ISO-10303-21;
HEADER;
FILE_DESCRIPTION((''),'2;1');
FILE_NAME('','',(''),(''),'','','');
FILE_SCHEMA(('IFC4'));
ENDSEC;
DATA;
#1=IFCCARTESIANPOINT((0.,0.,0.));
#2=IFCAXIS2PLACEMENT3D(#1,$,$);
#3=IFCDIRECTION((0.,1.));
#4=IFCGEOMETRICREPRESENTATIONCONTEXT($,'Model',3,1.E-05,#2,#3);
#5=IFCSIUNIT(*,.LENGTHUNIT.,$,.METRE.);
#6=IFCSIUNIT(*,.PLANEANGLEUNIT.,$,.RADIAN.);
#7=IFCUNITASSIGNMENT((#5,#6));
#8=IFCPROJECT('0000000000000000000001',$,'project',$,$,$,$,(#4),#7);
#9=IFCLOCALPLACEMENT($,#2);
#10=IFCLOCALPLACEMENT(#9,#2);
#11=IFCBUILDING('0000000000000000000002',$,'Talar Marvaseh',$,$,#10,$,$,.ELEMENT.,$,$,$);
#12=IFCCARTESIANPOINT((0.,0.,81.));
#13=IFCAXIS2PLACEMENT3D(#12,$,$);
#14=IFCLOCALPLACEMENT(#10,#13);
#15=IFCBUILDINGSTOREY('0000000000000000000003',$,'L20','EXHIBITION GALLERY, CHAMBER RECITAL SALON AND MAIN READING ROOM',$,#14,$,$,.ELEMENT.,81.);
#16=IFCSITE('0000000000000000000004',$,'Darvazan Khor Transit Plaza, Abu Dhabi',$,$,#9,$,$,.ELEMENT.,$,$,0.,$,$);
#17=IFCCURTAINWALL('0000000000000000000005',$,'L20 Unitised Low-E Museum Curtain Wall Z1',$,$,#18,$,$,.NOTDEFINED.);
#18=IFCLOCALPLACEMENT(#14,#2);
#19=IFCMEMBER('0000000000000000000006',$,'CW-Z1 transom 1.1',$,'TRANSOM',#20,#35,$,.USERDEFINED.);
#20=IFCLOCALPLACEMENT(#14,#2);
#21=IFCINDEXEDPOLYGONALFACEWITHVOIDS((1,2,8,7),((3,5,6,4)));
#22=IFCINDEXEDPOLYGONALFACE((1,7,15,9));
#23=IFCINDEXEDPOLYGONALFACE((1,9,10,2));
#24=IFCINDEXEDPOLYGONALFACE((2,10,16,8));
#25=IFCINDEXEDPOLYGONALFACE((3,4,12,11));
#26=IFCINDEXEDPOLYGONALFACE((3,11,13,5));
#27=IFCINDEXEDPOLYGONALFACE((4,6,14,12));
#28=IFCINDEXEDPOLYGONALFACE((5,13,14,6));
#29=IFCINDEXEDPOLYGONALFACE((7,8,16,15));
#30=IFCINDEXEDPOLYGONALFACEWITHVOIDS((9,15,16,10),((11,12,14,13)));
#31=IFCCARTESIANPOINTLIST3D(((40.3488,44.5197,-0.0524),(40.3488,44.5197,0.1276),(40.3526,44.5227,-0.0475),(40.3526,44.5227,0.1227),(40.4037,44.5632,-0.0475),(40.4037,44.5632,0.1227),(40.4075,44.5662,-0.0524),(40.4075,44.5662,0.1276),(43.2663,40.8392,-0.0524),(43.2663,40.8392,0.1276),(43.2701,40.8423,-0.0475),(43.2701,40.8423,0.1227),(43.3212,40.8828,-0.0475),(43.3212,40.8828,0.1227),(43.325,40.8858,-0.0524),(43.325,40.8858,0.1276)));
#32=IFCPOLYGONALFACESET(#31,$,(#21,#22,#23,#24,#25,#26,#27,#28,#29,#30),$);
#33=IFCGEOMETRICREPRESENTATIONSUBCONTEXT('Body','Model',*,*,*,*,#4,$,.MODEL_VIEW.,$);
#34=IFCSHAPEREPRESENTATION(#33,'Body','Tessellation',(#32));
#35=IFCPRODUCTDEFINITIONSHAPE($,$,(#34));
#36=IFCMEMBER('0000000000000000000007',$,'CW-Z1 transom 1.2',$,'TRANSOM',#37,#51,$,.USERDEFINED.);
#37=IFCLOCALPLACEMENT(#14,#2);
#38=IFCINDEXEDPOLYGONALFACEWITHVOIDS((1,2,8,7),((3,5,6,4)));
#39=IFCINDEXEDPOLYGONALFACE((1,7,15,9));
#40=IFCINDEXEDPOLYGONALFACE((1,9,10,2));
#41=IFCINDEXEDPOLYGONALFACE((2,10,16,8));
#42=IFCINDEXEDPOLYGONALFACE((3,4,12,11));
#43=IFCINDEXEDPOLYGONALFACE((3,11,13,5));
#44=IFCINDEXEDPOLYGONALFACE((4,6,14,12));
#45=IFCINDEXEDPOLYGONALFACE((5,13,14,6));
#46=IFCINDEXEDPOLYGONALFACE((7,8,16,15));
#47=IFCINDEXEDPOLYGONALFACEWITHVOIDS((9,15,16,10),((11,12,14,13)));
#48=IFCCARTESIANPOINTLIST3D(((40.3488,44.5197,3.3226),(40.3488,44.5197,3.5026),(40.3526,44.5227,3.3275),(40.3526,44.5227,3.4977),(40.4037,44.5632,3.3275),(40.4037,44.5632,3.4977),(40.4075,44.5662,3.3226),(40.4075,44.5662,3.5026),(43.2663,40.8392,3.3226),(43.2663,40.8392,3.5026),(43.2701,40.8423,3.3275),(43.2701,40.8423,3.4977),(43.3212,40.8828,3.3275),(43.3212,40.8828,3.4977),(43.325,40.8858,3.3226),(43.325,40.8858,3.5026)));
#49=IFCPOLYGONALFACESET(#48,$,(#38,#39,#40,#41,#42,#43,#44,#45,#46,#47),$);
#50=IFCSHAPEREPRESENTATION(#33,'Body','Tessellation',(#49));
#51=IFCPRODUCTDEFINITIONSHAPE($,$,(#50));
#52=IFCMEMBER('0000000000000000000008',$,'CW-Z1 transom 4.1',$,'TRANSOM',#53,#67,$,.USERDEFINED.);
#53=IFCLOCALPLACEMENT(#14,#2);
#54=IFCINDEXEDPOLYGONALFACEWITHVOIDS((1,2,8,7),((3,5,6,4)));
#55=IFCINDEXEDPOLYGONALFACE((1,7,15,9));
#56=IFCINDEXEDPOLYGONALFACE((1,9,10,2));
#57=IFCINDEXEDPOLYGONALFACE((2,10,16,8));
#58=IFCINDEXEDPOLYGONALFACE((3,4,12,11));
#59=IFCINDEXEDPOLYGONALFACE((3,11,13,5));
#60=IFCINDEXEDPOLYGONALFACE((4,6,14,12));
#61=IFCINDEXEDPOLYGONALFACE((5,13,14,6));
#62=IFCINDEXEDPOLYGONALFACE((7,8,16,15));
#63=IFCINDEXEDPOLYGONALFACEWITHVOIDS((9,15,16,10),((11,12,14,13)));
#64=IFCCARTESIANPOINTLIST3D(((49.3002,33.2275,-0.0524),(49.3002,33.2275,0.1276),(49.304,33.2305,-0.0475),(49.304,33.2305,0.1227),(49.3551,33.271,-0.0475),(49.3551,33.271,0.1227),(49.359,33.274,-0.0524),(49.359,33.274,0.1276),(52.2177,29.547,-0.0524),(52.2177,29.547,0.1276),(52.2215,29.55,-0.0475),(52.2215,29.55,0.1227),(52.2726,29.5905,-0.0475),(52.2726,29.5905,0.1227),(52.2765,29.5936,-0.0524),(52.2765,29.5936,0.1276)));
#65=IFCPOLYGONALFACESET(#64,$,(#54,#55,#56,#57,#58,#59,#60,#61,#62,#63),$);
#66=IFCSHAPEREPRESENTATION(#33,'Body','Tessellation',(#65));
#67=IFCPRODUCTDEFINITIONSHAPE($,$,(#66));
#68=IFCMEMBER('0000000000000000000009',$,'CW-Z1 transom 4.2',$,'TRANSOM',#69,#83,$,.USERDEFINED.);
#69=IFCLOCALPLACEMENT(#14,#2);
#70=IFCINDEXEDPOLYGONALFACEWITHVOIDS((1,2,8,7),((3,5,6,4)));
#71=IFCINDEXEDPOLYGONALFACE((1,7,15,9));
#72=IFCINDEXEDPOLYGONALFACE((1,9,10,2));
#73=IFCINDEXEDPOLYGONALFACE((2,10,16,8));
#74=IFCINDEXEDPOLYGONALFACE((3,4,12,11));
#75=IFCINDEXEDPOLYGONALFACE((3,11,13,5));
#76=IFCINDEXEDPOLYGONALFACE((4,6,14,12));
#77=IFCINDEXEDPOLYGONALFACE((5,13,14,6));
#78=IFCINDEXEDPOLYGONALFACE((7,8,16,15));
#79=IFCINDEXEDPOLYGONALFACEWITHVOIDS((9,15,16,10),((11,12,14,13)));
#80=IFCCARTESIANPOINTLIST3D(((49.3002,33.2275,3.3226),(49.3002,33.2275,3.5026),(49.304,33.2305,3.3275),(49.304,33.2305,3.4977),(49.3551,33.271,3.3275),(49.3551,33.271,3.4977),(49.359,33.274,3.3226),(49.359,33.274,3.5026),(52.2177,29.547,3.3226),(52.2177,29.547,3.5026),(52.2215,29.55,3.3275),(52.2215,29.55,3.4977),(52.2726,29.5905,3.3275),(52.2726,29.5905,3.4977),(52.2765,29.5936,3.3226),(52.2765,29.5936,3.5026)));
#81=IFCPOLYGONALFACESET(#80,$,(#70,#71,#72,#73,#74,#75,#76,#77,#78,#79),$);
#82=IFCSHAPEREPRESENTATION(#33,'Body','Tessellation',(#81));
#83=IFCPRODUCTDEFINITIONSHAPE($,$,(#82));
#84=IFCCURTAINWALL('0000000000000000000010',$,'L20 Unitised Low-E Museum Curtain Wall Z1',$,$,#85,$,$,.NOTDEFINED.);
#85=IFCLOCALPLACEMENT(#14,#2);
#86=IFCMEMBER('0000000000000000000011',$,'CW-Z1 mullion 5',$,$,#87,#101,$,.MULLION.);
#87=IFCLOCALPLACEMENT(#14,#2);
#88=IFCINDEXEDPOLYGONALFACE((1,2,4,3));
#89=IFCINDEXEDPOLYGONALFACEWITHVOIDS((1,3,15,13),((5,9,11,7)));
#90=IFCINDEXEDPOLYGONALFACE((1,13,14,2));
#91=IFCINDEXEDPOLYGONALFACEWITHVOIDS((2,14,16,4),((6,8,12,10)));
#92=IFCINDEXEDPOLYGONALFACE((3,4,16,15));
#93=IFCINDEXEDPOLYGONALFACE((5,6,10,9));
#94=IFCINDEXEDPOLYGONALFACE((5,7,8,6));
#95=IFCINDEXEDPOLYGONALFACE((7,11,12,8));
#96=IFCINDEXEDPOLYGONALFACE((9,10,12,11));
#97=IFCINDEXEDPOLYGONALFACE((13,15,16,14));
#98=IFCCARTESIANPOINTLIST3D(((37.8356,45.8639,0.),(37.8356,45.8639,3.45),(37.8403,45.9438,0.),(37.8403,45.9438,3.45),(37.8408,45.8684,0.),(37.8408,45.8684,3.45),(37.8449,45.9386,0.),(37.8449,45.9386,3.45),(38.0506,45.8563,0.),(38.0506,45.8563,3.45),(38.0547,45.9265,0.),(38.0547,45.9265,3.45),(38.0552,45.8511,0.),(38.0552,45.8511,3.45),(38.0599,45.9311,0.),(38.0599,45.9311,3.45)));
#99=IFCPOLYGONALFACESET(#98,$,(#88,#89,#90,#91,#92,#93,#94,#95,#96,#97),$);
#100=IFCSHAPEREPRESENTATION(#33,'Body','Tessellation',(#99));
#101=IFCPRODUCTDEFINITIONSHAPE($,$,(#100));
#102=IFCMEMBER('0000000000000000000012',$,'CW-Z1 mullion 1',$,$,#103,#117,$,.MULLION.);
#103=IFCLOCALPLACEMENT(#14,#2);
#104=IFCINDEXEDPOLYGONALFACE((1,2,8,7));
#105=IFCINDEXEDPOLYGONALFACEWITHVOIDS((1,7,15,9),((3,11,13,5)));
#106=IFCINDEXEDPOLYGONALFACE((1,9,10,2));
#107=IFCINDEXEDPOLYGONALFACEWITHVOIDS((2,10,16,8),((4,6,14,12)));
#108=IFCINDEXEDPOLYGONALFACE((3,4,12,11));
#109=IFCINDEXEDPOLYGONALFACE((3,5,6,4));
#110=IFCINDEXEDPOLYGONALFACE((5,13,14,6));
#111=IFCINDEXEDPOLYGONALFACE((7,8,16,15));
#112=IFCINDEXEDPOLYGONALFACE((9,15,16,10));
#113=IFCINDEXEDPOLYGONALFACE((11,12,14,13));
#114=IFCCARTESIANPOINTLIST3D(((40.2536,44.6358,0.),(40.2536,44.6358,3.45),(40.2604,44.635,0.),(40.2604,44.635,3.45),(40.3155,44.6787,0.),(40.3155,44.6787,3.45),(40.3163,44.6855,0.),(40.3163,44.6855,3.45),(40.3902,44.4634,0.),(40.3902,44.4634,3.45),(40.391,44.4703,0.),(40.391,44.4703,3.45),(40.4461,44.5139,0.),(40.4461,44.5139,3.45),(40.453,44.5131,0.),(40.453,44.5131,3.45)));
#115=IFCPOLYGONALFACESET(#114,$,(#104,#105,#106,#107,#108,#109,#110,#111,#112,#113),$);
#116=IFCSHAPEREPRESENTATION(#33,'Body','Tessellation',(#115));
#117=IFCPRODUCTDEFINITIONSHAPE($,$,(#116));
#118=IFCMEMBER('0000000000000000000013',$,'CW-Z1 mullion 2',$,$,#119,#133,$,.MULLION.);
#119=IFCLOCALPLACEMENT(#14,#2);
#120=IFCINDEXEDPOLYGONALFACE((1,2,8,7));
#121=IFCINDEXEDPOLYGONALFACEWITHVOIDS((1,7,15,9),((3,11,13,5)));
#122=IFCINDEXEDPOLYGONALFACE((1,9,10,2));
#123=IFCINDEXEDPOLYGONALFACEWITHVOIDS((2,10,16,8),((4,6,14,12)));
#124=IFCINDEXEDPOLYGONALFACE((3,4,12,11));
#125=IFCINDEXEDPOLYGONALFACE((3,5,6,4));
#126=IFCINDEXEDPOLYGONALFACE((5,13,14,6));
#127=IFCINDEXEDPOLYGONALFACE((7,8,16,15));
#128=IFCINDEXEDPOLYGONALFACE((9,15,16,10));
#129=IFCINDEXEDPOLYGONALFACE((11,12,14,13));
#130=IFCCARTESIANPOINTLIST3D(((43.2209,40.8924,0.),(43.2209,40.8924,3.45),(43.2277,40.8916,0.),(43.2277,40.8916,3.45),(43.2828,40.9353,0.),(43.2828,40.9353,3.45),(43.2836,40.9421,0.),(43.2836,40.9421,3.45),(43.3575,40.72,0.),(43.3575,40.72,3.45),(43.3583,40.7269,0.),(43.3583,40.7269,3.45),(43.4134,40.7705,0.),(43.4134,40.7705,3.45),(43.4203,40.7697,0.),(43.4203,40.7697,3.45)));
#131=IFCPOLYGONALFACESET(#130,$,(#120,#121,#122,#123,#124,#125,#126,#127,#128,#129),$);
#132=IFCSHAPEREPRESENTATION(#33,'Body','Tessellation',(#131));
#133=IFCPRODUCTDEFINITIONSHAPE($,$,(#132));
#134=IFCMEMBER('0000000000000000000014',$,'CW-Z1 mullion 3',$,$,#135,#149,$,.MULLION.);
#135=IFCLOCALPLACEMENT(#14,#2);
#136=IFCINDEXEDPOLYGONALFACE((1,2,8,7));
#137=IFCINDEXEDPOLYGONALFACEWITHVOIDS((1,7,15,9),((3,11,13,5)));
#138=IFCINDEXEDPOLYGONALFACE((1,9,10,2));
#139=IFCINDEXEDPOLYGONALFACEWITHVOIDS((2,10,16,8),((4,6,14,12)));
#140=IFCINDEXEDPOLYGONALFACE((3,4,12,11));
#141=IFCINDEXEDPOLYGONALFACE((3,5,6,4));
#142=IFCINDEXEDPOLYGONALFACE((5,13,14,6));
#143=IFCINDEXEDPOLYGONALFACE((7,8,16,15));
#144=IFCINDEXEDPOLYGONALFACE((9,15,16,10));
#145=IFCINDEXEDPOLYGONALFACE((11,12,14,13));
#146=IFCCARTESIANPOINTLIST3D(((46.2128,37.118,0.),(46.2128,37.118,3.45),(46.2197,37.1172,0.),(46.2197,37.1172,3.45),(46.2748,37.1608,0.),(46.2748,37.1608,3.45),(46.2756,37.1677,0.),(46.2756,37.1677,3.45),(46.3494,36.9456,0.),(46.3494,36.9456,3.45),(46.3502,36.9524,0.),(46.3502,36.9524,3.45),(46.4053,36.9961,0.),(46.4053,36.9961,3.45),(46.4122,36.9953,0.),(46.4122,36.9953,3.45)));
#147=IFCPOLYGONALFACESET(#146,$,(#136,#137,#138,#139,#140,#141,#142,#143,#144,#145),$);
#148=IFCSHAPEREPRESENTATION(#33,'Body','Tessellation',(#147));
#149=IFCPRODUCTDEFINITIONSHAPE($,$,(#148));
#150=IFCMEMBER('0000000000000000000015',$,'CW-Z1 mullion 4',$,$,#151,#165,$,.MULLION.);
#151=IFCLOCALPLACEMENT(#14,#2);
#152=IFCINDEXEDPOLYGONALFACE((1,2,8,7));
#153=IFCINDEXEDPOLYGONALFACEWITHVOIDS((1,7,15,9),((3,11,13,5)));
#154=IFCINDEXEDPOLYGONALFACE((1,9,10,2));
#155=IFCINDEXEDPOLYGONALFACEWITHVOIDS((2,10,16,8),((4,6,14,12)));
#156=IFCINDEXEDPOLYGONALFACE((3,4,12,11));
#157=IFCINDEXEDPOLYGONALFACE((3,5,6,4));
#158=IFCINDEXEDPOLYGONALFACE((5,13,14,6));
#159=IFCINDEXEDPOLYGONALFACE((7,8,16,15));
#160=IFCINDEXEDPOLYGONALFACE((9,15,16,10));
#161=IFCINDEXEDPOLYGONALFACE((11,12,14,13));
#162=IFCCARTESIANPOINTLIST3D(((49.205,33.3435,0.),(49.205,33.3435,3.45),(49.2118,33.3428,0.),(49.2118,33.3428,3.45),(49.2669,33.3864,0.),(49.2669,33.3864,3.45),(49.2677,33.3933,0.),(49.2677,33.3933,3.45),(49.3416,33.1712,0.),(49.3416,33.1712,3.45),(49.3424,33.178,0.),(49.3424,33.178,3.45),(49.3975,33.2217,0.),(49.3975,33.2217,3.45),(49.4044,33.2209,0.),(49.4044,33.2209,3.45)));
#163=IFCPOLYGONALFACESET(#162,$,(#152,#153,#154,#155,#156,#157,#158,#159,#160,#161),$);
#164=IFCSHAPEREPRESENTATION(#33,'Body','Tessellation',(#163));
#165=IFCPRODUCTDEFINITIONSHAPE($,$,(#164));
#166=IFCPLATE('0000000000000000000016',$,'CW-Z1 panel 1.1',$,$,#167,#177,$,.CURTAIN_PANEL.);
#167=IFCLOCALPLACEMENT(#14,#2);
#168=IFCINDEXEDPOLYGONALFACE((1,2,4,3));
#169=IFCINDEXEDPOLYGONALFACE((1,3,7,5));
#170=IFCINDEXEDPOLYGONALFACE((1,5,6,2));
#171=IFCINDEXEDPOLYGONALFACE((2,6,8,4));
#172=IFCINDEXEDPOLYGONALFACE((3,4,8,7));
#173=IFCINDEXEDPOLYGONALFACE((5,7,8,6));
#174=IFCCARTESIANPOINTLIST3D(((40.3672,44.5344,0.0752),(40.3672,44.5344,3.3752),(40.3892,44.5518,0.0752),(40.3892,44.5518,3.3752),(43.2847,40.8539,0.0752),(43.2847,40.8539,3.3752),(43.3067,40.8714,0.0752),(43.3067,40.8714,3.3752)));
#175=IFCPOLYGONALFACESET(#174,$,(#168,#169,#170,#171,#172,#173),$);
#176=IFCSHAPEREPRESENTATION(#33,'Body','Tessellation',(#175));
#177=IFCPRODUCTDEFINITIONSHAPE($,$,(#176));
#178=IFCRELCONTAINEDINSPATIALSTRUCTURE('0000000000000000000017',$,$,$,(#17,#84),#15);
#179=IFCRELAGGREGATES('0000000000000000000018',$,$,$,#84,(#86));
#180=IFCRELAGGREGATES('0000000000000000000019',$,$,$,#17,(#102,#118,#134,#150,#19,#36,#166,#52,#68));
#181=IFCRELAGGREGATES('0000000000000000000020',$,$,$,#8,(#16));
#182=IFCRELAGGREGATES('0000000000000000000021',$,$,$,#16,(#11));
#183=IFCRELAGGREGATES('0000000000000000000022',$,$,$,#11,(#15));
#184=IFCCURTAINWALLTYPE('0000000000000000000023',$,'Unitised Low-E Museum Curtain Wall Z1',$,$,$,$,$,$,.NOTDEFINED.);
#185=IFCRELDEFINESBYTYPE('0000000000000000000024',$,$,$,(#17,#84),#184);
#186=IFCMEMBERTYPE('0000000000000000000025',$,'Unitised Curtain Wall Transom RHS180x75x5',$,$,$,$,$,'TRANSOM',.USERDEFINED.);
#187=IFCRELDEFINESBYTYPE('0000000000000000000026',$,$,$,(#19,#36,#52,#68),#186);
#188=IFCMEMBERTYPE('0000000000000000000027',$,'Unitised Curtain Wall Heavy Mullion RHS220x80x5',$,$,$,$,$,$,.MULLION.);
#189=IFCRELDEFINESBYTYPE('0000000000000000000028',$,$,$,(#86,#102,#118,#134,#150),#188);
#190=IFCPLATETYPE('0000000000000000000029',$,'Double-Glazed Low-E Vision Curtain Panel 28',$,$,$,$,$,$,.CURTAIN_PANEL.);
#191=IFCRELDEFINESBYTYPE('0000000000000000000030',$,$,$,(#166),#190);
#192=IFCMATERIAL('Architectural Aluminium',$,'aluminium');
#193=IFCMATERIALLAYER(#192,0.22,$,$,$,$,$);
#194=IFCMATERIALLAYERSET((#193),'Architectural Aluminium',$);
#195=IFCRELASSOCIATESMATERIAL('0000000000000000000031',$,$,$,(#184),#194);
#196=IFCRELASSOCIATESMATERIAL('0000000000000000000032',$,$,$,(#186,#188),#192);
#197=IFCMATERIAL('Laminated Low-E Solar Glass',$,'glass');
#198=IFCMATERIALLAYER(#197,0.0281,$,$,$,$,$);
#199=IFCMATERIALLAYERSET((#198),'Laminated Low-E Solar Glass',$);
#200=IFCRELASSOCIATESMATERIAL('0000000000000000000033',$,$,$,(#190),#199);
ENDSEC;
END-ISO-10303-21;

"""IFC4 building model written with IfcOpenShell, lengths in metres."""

from ifc_helpers import new_model, si_unit, direction, frame, origin, origin_2d, place, context, subcontext, project, spatial, rectangle, hollow_rectangle, extrude, source, transform, mapped, material, layer, layer_set, material_profile, profile_set, type_object, type_shapes, element, aggregate, save


model = new_model("IFC4")

# Units and contexts
model_context = context("Model", 3, precision=1e-05, world=origin(), true_north=direction((0.0, 1.0)))
body_context = subcontext(model_context, "Body", "Model", "MODEL_VIEW")
ifc_project = project(units=[si_unit("LENGTHUNIT", "METRE"), si_unit("PLANEANGLEUNIT", "RADIAN")], contexts=[model_context])

# Site, building, storey
site_placement = place(None, origin())
site = spatial("IfcSite", under=ifc_project, at=site_placement, Name="Darvazan Khor Transit Plaza, Abu Dhabi", CompositionType="ELEMENT", RefElevation=0.0)
building_placement = place(site_placement, origin())
building = spatial("IfcBuilding", under=site, at=building_placement, Name="Talar Marvaseh", CompositionType="ELEMENT")
storey_placement = place(building_placement, frame((0.0, 0.0, 81.0)))
storey = spatial("IfcBuildingStorey", under=building, at=storey_placement, Name="L20", Description="EXHIBITION GALLERY, CHAMBER RECITAL SALON AND MAIN READING ROOM", CompositionType="ELEMENT", Elevation=81.0)

# Curtain wall, members
ifc_material_1 = material(Name="Architectural Aluminium", Category="aluminium")
ifc_layer_1 = layer(ifc_material_1, 0.22)
ifc_layer_set_1 = layer_set([ifc_layer_1], Name="Architectural Aluminium")
curtain_wall_type = type_object("IfcCurtainWallType", Name="Unitised Low-E Museum Curtain Wall Z1", PredefinedType="NOTDEFINED", material=ifc_layer_set_1)
curtain_wall_1_placement = place(storey_placement, origin())
curtain_wall_1 = element("IfcCurtainWall", 1, at=curtain_wall_1_placement, inside=storey, type_object=curtain_wall_type, Name="L20 Unitised Low-E Museum Curtain Wall Z1", PredefinedType="NOTDEFINED")
ifc_material_profile_1 = material_profile(ifc_material_1, hollow_rectangle(XDim=0.075, YDim=0.1799, WallThickness=0.0049, at=origin_2d()), Name="RHS180x75x5")
ifc_profile_set_1 = profile_set([ifc_material_profile_1], Name="Architectural Aluminium")
member_type_1 = type_object("IfcMemberType", Name="Unitised Curtain Wall Transom RHS180x75x5", ElementType="TRANSOM", PredefinedType="USERDEFINED", material=ifc_profile_set_1)
shared_shape_1 = source(origin(), body_context, "Body", "SweptSolid", [
    extrude(hollow_rectangle(XDim=0.075, YDim=0.1799, WallThickness=0.0049, at=origin_2d()), origin(), (0.0, 0.0, 1.0), 4.6965),
])
member_1_placement = place(storey_placement, frame((40.3782, 44.543, 0.0376), z_axis=(0.621202, -0.78365, 0.0), x_axis=(0.78365, 0.621202, 0.0)))
member_1 = element("IfcMember", 2, at=member_1_placement, type_object=member_type_1, Name="CW-Z1 transom 1.1", ObjectType="TRANSOM", PredefinedType="USERDEFINED", context=body_context, shape_type="MappedRepresentation", body=[
    mapped(shared_shape_1, transform((0.0, 0.0, 0.0), x_axis=(1.0, 0.0, 0.0), y_axis=(0.0, 1.0, 0.0), z_axis=(0.0, 0.0, 1.0), scale=1.0)),
])
member_2_placement = place(storey_placement, frame((40.3782, 44.543, 3.4126), z_axis=(0.621202, -0.78365, 0.0), x_axis=(0.78365, 0.621202, 0.0)))
member_2 = element("IfcMember", 3, at=member_2_placement, type_object=member_type_1, Name="CW-Z1 transom 1.2", ObjectType="TRANSOM", PredefinedType="USERDEFINED", context=body_context, shape_type="MappedRepresentation", body=[
    mapped(shared_shape_1, transform((0.0, 0.0, 0.0), x_axis=(1.0, 0.0, 0.0), y_axis=(0.0, 1.0, 0.0), z_axis=(0.0, 0.0, 1.0), scale=1.0)),
])
member_3_placement = place(storey_placement, frame((49.3296, 33.2507, 0.0376), z_axis=(0.621202, -0.78365, 0.0), x_axis=(0.78365, 0.621202, 0.0)))
member_3 = element("IfcMember", 4, at=member_3_placement, type_object=member_type_1, Name="CW-Z1 transom 4.1", ObjectType="TRANSOM", PredefinedType="USERDEFINED", context=body_context, shape_type="MappedRepresentation", body=[
    mapped(shared_shape_1, transform((0.0, 0.0, 0.0), x_axis=(1.0, 0.0, 0.0), y_axis=(0.0, 1.0, 0.0), z_axis=(0.0, 0.0, 1.0), scale=1.0)),
])
member_4_placement = place(storey_placement, frame((49.3296, 33.2507, 3.4126), z_axis=(0.621202, -0.78365, 0.0), x_axis=(0.78365, 0.621202, 0.0)))
member_4 = element("IfcMember", 5, at=member_4_placement, type_object=member_type_1, Name="CW-Z1 transom 4.2", ObjectType="TRANSOM", PredefinedType="USERDEFINED", context=body_context, shape_type="MappedRepresentation", body=[
    mapped(shared_shape_1, transform((0.0, 0.0, 0.0), x_axis=(1.0, 0.0, 0.0), y_axis=(0.0, 1.0, 0.0), z_axis=(0.0, 0.0, 1.0), scale=1.0)),
])

# Curtain wall, member
curtain_wall_2_placement = place(storey_placement, origin())
curtain_wall_2 = element("IfcCurtainWall", 6, at=curtain_wall_2_placement, inside=storey, type_object=curtain_wall_type, Name="L20 Unitised Low-E Museum Curtain Wall Z1", PredefinedType="NOTDEFINED")
ifc_material_profile_2 = material_profile(ifc_material_1, hollow_rectangle(XDim=0.0801, YDim=0.22, WallThickness=0.0049, at=origin_2d()), Name="RHS220x80x5")
ifc_profile_set_2 = profile_set([ifc_material_profile_2], Name="Architectural Aluminium")
member_type_2 = type_object("IfcMemberType", Name="Unitised Curtain Wall Heavy Mullion RHS220x80x5", PredefinedType="MULLION", material=ifc_profile_set_2)
shared_shape_2 = source(origin(), body_context, "Body", "SweptSolid", [
    extrude(hollow_rectangle(XDim=0.0801, YDim=0.22, WallThickness=0.0049, at=origin_2d()), origin(), (0.0, 0.0, 1.0), 3.45),
])
type_shapes(member_type_2, [shared_shape_2])
member_5_placement = place(storey_placement, frame((37.9478, 45.8975, 0.0), z_axis=(0.0, 0.0, 1.0), x_axis=(0.057875, 0.998324, 0.0)))
member_5 = element("IfcMember", 7, at=member_5_placement, type_object=member_type_2, Name="CW-Z1 mullion 5", PredefinedType="MULLION", context=body_context, shape_type="MappedRepresentation", body=[
    mapped(shared_shape_2, transform((0.0, 0.0, 0.0), x_axis=(1.0, 0.0, 0.0), y_axis=(0.0, 1.0, 0.0), z_axis=(0.0, 0.0, 1.0), scale=1.0)),
])
aggregate(curtain_wall_2, [member_5])

# Members
member_6_placement = place(storey_placement, frame((40.3533, 44.5745, 0.0), z_axis=(0.0, 0.0, 1.0), x_axis=(0.783651, 0.621202, 0.0)))
member_6 = element("IfcMember", 8, at=member_6_placement, type_object=member_type_2, Name="CW-Z1 mullion 1", PredefinedType="MULLION", context=body_context, shape_type="MappedRepresentation", body=[
    mapped(shared_shape_2, transform((0.0, 0.0, 0.0), x_axis=(1.0, 0.0, 0.0), y_axis=(0.0, 1.0, 0.0), z_axis=(0.0, 0.0, 1.0), scale=1.0)),
])
member_7_placement = place(storey_placement, frame((43.3206, 40.8311, 0.0), z_axis=(0.0, 0.0, 1.0), x_axis=(0.783651, 0.621202, 0.0)))
member_7 = element("IfcMember", 9, at=member_7_placement, type_object=member_type_2, Name="CW-Z1 mullion 2", PredefinedType="MULLION", context=body_context, shape_type="MappedRepresentation", body=[
    mapped(shared_shape_2, transform((0.0, 0.0, 0.0), x_axis=(1.0, 0.0, 0.0), y_axis=(0.0, 1.0, 0.0), z_axis=(0.0, 0.0, 1.0), scale=1.0)),
])
member_8_placement = place(storey_placement, frame((46.3125, 37.0566, 0.0), z_axis=(0.0, 0.0, 1.0), x_axis=(0.783651, 0.621202, 0.0)))
member_8 = element("IfcMember", 10, at=member_8_placement, type_object=member_type_2, Name="CW-Z1 mullion 3", PredefinedType="MULLION", context=body_context, shape_type="MappedRepresentation", body=[
    mapped(shared_shape_2, transform((0.0, 0.0, 0.0), x_axis=(1.0, 0.0, 0.0), y_axis=(0.0, 1.0, 0.0), z_axis=(0.0, 0.0, 1.0), scale=1.0)),
])
member_9_placement = place(storey_placement, frame((49.3047, 33.2822, 0.0), z_axis=(0.0, 0.0, 1.0), x_axis=(0.783651, 0.621202, 0.0)))
member_9 = element("IfcMember", 11, at=member_9_placement, type_object=member_type_2, Name="CW-Z1 mullion 4", PredefinedType="MULLION", context=body_context, shape_type="MappedRepresentation", body=[
    mapped(shared_shape_2, transform((0.0, 0.0, 0.0), x_axis=(1.0, 0.0, 0.0), y_axis=(0.0, 1.0, 0.0), z_axis=(0.0, 0.0, 1.0), scale=1.0)),
])

# Plate
ifc_material_2 = material(Name="Laminated Low-E Solar Glass", Category="glass")
ifc_layer_2 = layer(ifc_material_2, 0.0281)
ifc_layer_set_2 = layer_set([ifc_layer_2], Name="Laminated Low-E Solar Glass")
plate_type = type_object("IfcPlateType", Name="Double-Glazed Low-E Vision Curtain Panel 28", PredefinedType="CURTAIN_PANEL", material=ifc_layer_set_2)
shared_shape_3 = source(origin(), body_context, "Body", "SweptSolid", [
    extrude(rectangle(XDim=4.6965, YDim=0.0281, at=origin_2d()), origin(), (0.0, 0.0, 1.0), 3.3),
])
plate_1_placement = place(storey_placement, frame((41.8369, 42.7029, 0.0752), z_axis=(0.0, 0.0, 1.0), x_axis=(0.621202, -0.783651, 0.0)))
plate_1 = element("IfcPlate", 12, at=plate_1_placement, type_object=plate_type, Name="CW-Z1 panel 1.1", PredefinedType="CURTAIN_PANEL", context=body_context, shape_type="MappedRepresentation", body=[
    mapped(shared_shape_3, transform((0.0, 0.0, 0.0), x_axis=(1.0, 0.0, 0.0), y_axis=(0.0, 1.0, 0.0), z_axis=(0.0, 0.0, 1.0), scale=1.0)),
])
aggregate(curtain_wall_1, [member_6, member_7, member_8, member_9, member_1, member_2, plate_1, member_3, member_4])

save(model, "model.ifc")
